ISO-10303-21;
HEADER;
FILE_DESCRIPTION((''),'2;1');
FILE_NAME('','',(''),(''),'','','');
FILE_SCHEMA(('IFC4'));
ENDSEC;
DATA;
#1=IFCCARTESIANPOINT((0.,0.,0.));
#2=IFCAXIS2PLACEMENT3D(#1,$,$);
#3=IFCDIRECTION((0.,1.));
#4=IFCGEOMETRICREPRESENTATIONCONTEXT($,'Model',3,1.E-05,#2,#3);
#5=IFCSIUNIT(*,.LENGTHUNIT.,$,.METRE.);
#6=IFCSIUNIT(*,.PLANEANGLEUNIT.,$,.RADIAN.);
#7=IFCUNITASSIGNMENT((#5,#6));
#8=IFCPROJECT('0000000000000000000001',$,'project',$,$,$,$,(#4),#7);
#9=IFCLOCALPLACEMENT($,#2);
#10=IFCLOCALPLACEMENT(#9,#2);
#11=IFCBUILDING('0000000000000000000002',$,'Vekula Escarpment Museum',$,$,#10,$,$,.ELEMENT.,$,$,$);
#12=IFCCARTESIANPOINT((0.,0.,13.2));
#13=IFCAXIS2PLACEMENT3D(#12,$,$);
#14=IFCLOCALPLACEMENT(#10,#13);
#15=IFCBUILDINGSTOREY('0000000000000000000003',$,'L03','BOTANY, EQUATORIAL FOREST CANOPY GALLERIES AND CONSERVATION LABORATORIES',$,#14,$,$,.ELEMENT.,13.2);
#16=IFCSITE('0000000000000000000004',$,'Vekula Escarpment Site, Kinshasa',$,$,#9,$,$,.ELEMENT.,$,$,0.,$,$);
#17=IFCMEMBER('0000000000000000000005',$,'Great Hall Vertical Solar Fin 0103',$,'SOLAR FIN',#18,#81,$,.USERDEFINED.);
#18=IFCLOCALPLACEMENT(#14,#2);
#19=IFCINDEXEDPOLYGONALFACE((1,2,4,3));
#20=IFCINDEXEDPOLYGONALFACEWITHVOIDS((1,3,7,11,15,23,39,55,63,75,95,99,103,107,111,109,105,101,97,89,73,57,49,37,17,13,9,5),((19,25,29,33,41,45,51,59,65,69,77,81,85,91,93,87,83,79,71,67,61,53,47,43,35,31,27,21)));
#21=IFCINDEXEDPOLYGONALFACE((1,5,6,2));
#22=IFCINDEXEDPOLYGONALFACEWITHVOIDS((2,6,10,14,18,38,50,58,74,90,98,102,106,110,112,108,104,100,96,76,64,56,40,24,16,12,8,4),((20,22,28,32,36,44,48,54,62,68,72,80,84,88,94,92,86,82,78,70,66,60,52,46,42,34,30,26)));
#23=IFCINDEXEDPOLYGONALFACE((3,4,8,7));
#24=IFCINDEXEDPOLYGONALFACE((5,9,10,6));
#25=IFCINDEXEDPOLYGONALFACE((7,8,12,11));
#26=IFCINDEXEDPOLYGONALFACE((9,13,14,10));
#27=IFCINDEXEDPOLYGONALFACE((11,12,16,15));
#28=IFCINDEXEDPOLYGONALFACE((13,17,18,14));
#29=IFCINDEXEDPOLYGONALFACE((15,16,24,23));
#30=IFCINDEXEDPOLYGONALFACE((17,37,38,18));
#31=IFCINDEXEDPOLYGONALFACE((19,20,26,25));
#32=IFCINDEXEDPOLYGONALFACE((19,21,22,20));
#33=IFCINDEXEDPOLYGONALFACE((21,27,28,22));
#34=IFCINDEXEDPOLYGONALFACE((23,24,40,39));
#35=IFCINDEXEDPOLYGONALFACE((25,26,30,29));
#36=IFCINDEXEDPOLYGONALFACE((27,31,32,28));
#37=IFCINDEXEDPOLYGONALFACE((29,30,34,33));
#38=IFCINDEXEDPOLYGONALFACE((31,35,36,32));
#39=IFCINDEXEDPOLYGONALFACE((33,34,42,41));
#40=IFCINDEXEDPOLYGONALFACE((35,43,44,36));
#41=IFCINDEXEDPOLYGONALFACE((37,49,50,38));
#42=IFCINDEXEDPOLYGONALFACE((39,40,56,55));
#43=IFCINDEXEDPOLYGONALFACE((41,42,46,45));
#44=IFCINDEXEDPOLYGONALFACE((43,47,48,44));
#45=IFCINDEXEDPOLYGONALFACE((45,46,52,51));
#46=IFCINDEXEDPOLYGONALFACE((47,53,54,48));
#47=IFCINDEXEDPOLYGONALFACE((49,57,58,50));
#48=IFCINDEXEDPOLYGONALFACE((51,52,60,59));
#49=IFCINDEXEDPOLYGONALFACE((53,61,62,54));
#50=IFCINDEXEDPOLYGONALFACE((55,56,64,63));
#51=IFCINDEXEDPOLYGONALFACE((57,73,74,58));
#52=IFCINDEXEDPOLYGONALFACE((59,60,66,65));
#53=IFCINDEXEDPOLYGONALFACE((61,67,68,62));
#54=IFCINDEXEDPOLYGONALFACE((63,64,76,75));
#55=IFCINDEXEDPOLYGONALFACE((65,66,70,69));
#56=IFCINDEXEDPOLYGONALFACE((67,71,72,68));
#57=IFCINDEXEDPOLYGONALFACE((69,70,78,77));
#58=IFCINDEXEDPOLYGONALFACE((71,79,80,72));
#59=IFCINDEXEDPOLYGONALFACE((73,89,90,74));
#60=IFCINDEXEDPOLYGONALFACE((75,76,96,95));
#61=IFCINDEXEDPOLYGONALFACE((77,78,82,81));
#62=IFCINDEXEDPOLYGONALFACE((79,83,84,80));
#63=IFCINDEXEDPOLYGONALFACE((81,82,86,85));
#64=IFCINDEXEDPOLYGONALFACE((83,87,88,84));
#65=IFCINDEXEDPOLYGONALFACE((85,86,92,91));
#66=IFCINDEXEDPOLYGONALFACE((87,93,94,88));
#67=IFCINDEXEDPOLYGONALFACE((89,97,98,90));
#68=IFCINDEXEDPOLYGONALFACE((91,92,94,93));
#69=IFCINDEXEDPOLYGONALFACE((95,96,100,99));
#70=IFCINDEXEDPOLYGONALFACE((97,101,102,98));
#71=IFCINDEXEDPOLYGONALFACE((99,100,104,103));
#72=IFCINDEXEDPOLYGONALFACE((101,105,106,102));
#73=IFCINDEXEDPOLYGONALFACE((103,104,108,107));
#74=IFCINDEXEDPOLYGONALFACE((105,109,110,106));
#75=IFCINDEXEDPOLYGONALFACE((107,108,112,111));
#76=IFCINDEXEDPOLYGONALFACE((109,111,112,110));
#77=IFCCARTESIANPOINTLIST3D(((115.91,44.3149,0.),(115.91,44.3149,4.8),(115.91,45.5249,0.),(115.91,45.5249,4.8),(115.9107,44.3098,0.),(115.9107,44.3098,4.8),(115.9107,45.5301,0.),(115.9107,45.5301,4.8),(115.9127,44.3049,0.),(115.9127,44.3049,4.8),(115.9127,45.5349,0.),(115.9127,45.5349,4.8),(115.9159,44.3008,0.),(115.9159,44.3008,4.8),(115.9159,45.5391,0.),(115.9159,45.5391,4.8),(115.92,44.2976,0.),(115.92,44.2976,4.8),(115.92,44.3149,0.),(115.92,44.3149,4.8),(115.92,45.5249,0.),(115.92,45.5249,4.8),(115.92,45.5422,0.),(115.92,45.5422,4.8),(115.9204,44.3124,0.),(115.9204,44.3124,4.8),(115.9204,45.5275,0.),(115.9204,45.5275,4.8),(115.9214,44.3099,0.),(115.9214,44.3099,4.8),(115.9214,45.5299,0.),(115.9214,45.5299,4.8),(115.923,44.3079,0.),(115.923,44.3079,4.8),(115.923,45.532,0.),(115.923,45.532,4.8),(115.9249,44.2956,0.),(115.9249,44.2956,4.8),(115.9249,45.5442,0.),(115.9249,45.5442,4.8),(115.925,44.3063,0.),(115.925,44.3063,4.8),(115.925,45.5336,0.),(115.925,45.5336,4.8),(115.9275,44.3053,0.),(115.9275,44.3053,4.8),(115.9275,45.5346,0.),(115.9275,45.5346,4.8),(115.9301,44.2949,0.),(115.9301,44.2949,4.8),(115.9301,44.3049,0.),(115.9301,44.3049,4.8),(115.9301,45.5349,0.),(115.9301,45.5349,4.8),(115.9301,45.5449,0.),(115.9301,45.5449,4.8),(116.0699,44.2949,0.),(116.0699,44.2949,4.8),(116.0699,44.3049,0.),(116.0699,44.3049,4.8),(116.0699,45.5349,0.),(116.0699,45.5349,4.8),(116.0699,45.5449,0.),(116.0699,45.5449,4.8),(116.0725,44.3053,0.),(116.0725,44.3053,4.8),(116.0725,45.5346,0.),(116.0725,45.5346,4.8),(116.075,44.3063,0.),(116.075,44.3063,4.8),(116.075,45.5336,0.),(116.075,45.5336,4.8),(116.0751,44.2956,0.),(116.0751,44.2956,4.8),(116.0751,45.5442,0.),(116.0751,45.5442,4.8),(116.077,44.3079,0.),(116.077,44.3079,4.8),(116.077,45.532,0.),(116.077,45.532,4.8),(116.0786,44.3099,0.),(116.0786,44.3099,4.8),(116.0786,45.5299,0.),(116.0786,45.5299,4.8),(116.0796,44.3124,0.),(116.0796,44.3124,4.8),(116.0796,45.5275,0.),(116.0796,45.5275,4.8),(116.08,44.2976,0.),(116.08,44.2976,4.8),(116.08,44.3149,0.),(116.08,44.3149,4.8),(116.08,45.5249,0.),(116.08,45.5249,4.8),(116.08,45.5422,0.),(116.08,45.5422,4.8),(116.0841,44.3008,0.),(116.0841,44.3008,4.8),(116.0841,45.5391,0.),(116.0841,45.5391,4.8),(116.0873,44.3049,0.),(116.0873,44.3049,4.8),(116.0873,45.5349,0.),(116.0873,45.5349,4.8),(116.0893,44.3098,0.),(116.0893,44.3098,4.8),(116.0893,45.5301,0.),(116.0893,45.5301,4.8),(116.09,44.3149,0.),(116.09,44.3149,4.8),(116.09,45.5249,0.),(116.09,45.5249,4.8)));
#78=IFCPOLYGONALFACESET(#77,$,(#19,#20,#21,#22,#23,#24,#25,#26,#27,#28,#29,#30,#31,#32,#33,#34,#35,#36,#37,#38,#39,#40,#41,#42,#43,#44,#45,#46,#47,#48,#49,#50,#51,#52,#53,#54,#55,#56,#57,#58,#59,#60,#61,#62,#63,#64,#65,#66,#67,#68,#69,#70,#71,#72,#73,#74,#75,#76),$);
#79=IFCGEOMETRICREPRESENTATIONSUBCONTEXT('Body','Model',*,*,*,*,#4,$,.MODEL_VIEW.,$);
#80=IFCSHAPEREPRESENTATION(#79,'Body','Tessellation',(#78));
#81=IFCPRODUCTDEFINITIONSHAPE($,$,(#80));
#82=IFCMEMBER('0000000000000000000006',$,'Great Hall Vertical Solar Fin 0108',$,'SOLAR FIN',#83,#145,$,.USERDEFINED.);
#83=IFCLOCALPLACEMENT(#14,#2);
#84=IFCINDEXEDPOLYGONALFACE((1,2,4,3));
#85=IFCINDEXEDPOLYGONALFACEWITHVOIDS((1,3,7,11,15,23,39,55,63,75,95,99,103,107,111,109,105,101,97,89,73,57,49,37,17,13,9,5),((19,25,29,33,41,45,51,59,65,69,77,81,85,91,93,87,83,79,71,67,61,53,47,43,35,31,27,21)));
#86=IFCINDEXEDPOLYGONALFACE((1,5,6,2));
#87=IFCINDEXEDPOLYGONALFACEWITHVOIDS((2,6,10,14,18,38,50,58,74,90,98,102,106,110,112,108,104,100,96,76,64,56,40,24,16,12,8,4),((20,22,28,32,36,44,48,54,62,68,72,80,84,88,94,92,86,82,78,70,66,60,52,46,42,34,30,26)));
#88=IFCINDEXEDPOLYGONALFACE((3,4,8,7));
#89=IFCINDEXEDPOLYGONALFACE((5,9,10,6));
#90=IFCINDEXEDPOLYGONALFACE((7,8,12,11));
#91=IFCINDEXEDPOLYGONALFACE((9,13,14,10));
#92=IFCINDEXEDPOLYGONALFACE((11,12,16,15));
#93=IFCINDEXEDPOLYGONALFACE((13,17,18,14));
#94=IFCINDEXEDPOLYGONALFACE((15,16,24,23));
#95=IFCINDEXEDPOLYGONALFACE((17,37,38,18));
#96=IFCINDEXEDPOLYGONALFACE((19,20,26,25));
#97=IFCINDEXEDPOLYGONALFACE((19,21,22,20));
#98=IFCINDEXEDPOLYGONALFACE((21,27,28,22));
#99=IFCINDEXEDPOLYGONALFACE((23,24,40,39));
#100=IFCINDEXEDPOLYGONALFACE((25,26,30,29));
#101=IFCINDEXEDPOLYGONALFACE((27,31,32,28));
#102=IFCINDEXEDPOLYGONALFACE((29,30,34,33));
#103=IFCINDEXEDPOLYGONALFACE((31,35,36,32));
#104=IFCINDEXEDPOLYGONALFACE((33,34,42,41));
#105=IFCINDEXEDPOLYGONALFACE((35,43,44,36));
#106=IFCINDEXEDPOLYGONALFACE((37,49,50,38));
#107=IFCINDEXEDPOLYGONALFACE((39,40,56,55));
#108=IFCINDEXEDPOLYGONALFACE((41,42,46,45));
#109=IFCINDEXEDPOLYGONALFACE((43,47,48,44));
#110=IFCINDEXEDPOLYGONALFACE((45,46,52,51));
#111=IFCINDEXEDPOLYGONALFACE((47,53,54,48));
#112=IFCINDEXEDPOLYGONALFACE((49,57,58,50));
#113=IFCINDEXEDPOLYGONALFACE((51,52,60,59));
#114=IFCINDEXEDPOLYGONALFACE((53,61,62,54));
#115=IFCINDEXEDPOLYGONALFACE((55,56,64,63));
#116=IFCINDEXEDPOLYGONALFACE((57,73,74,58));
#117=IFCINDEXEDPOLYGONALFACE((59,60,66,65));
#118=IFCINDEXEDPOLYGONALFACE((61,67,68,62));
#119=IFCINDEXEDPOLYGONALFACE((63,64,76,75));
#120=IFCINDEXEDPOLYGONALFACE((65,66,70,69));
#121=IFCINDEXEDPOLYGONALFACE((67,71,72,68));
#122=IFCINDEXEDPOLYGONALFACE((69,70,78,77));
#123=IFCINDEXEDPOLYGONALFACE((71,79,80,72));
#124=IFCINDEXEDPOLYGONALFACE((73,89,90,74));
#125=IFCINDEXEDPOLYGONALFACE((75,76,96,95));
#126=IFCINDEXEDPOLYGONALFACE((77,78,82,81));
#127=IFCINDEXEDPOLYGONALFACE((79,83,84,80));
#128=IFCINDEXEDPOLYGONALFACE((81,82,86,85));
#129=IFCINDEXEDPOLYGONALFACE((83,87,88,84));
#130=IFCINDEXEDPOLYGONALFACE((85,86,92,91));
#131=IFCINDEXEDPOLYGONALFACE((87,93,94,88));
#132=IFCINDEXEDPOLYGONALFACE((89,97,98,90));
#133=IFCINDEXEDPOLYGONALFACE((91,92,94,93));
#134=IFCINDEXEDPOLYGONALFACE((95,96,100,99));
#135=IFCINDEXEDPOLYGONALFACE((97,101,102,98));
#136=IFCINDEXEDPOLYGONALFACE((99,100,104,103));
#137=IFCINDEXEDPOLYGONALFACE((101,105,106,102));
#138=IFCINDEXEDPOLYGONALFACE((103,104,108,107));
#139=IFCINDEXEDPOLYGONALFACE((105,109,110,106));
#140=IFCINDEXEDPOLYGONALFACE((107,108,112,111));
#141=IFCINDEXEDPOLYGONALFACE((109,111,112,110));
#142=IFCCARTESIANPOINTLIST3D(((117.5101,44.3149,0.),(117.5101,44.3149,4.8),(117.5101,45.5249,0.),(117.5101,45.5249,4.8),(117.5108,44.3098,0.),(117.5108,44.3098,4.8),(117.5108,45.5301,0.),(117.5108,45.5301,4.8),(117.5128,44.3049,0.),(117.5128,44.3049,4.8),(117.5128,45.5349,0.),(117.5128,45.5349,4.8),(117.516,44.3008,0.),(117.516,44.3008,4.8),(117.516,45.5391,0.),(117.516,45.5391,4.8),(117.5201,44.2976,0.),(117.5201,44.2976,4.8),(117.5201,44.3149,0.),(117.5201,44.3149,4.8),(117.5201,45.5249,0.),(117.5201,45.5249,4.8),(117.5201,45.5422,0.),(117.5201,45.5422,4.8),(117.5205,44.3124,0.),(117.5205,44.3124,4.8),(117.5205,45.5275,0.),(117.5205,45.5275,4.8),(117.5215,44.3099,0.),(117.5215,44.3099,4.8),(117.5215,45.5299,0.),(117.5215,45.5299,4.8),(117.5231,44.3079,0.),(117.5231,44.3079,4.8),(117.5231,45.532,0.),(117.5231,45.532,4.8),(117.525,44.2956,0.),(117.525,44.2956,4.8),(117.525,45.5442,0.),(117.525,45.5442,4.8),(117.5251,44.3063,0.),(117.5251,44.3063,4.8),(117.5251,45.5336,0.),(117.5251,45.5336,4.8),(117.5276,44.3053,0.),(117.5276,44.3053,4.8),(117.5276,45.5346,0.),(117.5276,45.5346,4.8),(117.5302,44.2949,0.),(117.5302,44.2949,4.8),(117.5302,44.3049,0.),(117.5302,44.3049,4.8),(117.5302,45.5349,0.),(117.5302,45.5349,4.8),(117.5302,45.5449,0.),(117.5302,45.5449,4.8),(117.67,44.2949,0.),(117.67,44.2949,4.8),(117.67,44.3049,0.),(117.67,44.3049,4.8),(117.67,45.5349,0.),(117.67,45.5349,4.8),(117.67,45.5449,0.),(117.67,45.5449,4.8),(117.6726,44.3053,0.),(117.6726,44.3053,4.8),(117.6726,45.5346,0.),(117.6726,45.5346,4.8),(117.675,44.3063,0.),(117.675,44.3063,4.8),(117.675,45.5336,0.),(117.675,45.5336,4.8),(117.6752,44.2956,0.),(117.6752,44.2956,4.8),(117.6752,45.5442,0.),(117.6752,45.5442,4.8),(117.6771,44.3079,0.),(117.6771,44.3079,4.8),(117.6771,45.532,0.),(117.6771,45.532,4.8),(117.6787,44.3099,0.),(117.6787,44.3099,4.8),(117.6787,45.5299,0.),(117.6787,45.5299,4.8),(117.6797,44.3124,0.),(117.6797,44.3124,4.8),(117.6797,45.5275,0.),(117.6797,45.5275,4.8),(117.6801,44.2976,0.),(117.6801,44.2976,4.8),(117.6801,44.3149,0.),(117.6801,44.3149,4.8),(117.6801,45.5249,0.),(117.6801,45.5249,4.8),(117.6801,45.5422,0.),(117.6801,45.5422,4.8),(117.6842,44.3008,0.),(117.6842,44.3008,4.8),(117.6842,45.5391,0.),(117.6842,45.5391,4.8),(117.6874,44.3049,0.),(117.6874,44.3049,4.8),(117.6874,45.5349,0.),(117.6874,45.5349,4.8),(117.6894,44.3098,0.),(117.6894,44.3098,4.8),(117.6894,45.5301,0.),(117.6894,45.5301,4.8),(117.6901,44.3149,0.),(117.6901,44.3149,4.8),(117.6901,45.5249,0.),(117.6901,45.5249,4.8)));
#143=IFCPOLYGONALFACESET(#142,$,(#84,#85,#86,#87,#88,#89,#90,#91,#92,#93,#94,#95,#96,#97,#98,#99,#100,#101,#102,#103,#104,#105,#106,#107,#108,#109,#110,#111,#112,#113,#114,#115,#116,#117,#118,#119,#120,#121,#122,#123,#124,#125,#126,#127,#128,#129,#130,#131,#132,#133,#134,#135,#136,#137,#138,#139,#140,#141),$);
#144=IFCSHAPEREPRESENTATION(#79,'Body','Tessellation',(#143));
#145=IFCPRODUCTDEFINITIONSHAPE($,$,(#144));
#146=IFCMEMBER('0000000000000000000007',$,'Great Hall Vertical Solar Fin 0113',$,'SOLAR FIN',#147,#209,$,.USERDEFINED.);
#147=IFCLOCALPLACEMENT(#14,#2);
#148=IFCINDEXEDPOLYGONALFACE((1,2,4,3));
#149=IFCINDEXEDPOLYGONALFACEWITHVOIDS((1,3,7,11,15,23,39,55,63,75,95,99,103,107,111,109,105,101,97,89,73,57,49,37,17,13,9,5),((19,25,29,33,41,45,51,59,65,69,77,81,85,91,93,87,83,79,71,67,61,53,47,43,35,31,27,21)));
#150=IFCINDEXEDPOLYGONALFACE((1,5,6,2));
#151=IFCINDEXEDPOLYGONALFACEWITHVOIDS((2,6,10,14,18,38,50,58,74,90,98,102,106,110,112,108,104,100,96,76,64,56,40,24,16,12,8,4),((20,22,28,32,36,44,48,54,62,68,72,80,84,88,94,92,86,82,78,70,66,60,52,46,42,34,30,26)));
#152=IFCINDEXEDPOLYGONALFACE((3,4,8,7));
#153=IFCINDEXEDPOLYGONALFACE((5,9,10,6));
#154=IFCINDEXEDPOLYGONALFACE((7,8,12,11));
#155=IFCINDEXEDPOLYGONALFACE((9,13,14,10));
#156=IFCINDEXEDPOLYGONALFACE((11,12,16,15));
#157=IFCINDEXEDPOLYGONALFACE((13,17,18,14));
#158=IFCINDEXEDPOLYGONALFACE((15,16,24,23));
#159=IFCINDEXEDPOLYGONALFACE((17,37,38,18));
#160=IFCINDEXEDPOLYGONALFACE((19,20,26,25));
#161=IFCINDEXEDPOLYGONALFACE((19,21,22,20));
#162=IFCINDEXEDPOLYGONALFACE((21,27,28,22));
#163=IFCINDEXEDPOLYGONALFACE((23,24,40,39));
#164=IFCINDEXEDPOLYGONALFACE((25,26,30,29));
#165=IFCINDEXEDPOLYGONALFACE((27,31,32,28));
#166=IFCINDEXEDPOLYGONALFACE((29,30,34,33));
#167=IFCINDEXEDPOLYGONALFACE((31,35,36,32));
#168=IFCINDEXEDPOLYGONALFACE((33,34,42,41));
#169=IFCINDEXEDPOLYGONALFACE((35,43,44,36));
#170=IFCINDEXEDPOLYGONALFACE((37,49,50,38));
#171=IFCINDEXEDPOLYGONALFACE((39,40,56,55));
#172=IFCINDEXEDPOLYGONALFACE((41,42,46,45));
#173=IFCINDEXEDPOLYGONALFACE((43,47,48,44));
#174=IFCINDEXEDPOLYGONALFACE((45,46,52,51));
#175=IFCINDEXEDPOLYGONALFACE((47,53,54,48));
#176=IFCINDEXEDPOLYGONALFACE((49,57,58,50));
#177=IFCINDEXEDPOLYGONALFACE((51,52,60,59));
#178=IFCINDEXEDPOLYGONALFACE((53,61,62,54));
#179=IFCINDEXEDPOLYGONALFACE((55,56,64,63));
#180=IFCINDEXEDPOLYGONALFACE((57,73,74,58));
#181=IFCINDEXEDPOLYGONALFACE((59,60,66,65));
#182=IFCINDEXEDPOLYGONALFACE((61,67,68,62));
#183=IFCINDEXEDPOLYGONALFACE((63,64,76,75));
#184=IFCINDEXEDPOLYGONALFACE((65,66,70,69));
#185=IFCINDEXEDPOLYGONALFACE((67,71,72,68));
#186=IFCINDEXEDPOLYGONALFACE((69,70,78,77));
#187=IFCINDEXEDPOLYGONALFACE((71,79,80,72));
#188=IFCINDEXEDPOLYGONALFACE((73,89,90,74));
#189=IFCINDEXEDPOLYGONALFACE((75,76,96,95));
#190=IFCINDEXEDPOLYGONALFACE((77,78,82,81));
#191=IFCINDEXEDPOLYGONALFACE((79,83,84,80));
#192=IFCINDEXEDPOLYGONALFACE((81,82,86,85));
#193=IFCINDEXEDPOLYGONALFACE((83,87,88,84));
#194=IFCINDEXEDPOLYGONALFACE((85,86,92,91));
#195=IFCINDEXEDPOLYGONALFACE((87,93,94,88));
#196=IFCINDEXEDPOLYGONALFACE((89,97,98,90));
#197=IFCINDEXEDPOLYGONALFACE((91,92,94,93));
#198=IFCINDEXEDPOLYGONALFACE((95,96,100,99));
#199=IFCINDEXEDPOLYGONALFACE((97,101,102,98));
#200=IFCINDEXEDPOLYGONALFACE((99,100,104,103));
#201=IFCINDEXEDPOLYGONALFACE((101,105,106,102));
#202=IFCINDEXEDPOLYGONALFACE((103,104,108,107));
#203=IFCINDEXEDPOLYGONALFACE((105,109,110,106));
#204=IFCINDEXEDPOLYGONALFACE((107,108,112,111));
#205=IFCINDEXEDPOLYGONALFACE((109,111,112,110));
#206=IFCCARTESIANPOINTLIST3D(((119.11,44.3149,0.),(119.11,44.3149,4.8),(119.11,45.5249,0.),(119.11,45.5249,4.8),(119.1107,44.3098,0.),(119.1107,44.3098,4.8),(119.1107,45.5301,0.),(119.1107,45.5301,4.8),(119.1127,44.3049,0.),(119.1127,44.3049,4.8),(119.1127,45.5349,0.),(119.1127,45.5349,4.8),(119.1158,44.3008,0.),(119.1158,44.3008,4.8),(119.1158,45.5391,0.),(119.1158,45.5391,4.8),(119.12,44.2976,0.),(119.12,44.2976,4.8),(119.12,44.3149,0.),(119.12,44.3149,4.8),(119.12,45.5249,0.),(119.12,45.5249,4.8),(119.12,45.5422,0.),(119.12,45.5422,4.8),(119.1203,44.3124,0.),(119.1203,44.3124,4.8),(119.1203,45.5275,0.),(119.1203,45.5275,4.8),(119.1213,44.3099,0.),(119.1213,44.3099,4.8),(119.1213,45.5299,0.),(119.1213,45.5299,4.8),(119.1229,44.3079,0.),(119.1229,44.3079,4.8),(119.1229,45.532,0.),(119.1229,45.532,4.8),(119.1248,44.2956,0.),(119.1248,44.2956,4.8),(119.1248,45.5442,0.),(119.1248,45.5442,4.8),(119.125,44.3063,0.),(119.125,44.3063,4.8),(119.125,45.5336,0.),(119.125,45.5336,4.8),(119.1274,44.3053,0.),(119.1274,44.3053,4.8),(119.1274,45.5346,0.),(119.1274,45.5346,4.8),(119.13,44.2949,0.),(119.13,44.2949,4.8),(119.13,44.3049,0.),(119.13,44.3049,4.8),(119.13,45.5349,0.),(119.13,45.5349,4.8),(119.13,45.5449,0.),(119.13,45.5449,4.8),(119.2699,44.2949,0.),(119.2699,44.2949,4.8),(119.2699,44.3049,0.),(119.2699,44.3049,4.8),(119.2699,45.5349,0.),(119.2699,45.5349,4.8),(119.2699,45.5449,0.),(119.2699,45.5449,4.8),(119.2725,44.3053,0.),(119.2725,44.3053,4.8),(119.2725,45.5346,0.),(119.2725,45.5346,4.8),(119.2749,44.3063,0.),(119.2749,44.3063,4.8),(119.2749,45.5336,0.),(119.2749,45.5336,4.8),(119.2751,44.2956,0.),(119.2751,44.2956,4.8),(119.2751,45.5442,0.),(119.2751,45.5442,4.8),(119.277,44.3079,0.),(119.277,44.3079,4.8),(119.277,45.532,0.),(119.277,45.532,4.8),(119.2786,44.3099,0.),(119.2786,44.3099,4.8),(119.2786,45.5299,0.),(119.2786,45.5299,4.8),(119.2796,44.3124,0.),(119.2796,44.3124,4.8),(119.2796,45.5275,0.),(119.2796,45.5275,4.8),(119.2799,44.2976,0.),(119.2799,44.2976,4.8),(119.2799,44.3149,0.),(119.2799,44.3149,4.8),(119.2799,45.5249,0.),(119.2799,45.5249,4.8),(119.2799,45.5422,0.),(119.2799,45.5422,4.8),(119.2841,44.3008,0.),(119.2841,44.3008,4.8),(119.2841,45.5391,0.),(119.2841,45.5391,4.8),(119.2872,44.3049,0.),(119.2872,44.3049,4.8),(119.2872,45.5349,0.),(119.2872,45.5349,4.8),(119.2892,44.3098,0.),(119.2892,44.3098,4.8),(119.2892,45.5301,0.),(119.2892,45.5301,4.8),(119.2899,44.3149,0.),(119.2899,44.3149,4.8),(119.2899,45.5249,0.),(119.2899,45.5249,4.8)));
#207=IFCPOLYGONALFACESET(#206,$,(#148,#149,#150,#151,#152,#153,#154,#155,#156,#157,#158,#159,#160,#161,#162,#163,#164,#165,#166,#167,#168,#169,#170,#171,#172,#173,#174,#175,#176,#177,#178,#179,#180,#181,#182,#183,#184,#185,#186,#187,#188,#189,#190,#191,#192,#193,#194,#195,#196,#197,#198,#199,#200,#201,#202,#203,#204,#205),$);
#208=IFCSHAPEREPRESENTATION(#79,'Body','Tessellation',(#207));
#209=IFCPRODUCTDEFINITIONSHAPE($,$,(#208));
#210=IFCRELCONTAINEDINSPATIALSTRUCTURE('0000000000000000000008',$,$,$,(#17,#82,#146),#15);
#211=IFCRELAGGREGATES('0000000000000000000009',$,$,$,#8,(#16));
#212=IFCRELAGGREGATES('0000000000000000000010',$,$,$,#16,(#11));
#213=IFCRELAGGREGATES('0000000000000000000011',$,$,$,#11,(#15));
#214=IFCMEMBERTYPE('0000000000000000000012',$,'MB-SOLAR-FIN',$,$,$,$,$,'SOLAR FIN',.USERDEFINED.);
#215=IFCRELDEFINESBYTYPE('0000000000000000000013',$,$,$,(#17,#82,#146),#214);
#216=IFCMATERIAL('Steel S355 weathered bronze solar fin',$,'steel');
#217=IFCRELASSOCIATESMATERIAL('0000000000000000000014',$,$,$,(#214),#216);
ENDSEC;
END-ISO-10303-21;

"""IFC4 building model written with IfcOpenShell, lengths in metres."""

from ifc_helpers import new_model, si_unit, direction, frame, origin, origin_2d, place, context, subcontext, project, spatial, hollow_rectangle, extrude, material, material_profile, profile_set, type_object, element, save


model = new_model("IFC4")

# Units and contexts
model_context = context("Model", 3, precision=1e-05, world=origin(), true_north=direction((0.0, 1.0)))
body_context = subcontext(model_context, "Body", "Model", "MODEL_VIEW")
ifc_project = project(units=[si_unit("LENGTHUNIT", "METRE"), si_unit("PLANEANGLEUNIT", "RADIAN")], contexts=[model_context])

# Site, building, storey
site_placement = place(None, origin())
site = spatial("IfcSite", under=ifc_project, at=site_placement, Name="Vekula Escarpment Site, Kinshasa", CompositionType="ELEMENT", RefElevation=0.0)
building_placement = place(site_placement, origin())
building = spatial("IfcBuilding", under=site, at=building_placement, Name="Vekula Escarpment Museum", CompositionType="ELEMENT")
storey_placement = place(building_placement, frame((0.0, 0.0, 13.2)))
storey = spatial("IfcBuildingStorey", under=building, at=storey_placement, Name="L03", Description="BOTANY, EQUATORIAL FOREST CANOPY GALLERIES AND CONSERVATION LABORATORIES", CompositionType="ELEMENT", Elevation=13.2)

# Members
ifc_material_1 = material(Name="Steel S355 weathered bronze solar fin", Category="steel")
ifc_material_profile_1 = material_profile(ifc_material_1, hollow_rectangle(XDim=0.1799, YDim=1.25, WallThickness=0.01, InnerFilletRadius=0.01, OuterFilletRadius=0.02, at=origin_2d()), Name="RHS 1250x180x10")
ifc_profile_set_1 = profile_set([ifc_material_profile_1], Name="Steel S355 weathered bronze solar fin")
member_type_1 = type_object("IfcMemberType", Name="MB-SOLAR-FIN", ElementType="SOLAR FIN", PredefinedType="USERDEFINED", material=ifc_profile_set_1)
for number, where, z_axis, x_axis, name in (
    (1, (116.0, 44.9199, 0.0), (0.0, 0.0, 1.0), (1.0, 0.0, 0.0), "Great Hall Vertical Solar Fin 0103"),
    (2, (117.6001, 44.9199, 0.0), (0.0, 0.0, 1.0), (1.0, 0.0, 0.0), "Great Hall Vertical Solar Fin 0108"),
    (3, (119.2, 44.9199, 0.0), (0.0, 0.0, 1.0), (1.0, 0.0, 0.0), "Great Hall Vertical Solar Fin 0113"),
):
    element("IfcMember", number, at=place(storey_placement, frame(where, z_axis=z_axis, x_axis=x_axis)), inside=storey, type_object=member_type_1, Name=name, ObjectType="SOLAR FIN", PredefinedType="USERDEFINED", context=body_context, shape_type="SweptSolid", body=[
        extrude(hollow_rectangle(XDim=0.1799, YDim=1.25, WallThickness=0.01, InnerFilletRadius=0.01, OuterFilletRadius=0.02, at=origin_2d()), origin(), (0.0, 0.0, 1.0), 4.8),
    ])

save(model, "model.ifc")
